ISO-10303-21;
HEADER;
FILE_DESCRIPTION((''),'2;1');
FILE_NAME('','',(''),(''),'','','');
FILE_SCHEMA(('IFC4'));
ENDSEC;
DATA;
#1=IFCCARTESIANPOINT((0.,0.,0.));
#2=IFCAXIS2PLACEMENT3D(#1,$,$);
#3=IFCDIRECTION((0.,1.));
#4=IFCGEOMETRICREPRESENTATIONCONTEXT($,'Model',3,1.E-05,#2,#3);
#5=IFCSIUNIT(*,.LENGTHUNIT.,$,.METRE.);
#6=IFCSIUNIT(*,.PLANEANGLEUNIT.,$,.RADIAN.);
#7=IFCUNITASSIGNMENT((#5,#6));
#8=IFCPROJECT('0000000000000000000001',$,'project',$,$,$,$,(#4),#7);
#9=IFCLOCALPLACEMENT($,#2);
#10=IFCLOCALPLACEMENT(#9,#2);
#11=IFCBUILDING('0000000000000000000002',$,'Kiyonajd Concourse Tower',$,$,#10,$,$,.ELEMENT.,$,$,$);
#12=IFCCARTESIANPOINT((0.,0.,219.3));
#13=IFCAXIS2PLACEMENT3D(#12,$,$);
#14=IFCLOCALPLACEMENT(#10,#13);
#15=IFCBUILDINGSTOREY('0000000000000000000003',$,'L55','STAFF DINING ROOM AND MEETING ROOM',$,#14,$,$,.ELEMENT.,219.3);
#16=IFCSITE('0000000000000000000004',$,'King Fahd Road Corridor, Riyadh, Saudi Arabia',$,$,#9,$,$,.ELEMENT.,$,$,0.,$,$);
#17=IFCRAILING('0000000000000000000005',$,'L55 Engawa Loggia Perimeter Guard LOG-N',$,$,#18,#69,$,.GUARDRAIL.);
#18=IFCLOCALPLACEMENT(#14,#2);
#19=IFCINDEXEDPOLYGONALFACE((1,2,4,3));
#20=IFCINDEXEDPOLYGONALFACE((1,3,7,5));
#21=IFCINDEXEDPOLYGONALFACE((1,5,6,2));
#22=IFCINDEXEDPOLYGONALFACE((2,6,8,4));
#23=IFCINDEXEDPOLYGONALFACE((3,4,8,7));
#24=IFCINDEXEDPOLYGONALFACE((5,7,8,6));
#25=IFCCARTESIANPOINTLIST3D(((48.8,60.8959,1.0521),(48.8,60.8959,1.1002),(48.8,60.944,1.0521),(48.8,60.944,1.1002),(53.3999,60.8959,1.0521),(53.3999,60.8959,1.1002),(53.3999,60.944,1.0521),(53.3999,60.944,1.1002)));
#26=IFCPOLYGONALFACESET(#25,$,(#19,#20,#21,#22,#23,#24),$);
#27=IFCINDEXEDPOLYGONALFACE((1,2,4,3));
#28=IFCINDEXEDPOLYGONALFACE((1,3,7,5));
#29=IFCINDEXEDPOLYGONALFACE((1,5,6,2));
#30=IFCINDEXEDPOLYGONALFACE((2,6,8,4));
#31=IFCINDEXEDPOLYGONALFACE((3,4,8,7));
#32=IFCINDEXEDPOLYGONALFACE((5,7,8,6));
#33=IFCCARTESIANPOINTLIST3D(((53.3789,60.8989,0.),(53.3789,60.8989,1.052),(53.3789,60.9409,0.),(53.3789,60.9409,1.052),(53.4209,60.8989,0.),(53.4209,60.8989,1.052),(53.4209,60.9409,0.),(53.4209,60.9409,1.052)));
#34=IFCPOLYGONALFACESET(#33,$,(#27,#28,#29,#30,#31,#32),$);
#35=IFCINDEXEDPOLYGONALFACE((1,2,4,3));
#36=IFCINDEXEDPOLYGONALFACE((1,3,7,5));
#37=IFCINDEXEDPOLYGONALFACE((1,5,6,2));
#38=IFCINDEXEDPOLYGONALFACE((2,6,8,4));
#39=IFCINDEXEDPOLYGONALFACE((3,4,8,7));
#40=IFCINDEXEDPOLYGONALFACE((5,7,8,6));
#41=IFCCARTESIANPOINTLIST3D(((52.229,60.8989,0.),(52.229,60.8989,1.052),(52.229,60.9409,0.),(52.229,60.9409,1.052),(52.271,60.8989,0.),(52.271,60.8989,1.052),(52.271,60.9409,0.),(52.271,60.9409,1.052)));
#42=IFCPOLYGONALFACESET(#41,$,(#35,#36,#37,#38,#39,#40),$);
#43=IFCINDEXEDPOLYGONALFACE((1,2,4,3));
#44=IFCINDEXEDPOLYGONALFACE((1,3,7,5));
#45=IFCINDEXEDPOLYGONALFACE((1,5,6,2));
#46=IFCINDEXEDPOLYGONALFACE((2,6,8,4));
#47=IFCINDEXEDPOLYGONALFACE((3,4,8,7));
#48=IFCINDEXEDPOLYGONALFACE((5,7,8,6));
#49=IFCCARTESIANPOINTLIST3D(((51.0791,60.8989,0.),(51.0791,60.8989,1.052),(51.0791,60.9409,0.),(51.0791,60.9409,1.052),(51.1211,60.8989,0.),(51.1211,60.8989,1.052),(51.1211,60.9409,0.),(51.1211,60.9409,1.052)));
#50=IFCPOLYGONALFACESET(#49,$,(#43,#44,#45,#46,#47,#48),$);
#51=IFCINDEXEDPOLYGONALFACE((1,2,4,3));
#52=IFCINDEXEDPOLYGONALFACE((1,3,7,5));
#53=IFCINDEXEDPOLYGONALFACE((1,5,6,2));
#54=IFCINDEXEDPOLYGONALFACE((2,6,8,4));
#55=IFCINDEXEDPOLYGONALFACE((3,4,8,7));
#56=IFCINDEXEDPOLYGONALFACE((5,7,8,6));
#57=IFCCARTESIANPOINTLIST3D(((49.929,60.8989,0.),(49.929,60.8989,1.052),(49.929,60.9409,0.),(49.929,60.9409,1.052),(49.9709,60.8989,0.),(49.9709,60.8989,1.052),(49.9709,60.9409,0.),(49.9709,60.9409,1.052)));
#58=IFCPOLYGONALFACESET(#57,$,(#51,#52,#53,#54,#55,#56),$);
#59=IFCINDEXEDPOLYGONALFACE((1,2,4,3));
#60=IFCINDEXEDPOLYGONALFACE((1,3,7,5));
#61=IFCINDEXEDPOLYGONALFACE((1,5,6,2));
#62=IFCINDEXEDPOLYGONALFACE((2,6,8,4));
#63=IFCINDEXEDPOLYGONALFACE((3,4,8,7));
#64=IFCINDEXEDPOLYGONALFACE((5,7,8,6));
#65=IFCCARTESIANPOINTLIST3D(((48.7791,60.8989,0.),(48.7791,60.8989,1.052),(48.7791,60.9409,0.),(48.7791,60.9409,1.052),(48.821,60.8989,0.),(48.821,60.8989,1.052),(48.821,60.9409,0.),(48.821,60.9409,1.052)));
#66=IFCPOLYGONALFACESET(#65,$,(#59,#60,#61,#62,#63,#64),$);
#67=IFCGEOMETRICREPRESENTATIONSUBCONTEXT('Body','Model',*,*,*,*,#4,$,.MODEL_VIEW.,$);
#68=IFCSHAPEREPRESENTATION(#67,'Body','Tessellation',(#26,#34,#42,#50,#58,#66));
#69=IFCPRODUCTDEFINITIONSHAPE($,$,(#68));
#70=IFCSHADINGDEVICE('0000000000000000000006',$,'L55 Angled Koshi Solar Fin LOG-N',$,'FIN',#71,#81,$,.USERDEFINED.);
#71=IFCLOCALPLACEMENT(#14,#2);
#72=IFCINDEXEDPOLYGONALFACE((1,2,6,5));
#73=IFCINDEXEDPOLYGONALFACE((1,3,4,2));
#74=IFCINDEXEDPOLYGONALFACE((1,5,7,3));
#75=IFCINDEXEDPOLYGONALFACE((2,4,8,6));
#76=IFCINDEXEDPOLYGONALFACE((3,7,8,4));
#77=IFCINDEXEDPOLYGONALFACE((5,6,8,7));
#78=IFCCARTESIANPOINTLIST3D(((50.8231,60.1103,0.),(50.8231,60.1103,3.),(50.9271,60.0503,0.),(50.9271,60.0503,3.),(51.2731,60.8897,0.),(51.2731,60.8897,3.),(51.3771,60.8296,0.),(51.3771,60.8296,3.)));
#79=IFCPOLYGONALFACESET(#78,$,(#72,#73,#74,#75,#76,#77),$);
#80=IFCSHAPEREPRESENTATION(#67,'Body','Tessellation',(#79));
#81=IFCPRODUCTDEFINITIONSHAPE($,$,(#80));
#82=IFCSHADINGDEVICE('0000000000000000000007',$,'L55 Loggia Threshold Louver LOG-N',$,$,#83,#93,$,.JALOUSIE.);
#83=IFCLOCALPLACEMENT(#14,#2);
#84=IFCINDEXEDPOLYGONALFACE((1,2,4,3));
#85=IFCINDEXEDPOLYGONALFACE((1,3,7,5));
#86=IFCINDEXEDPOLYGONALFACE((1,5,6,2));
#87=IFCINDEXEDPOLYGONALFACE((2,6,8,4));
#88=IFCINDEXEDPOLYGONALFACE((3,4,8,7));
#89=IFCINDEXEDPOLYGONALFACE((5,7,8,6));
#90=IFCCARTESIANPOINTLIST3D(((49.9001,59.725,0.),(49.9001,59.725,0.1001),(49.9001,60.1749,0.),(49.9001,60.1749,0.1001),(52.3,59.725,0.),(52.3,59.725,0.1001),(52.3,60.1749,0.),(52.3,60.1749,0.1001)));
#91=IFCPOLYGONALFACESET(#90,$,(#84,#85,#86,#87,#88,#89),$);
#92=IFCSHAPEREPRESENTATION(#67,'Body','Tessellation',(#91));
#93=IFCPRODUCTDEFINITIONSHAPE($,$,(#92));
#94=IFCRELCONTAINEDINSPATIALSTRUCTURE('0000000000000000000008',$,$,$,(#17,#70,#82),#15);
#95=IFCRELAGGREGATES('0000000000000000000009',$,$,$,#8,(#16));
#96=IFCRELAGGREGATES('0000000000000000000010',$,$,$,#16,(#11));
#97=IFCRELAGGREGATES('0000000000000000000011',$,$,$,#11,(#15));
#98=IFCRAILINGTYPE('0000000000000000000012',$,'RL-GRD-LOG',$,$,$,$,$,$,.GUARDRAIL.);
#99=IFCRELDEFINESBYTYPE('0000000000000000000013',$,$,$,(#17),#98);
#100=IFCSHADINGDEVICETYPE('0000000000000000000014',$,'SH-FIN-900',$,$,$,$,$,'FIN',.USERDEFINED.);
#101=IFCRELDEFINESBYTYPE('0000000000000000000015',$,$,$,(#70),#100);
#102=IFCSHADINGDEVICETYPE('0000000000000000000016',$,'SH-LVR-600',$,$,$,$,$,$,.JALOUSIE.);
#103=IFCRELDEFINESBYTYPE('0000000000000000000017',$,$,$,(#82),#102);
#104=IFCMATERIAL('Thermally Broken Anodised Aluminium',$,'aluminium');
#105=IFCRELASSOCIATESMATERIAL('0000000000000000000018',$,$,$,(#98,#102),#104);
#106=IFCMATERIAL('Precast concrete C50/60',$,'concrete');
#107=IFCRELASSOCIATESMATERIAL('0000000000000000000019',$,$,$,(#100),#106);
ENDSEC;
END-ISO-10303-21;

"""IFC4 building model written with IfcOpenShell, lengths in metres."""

from ifc_helpers import new_model, si_unit, direction, frame, origin, origin_2d, place, context, subcontext, project, spatial, rectangle, extrude, material, type_object, element, save


model = new_model("IFC4")

# Units and contexts
model_context = context("Model", 3, precision=1e-05, world=origin(), true_north=direction((0.0, 1.0)))
body_context = subcontext(model_context, "Body", "Model", "MODEL_VIEW")
ifc_project = project(units=[si_unit("LENGTHUNIT", "METRE"), si_unit("PLANEANGLEUNIT", "RADIAN")], contexts=[model_context])

# Site, building, storey
site_placement = place(None, origin())
site = spatial("IfcSite", under=ifc_project, at=site_placement, Name="King Fahd Road Corridor, Riyadh, Saudi Arabia", CompositionType="ELEMENT", RefElevation=0.0)
building_placement = place(site_placement, origin())
building = spatial("IfcBuilding", under=site, at=building_placement, Name="Kiyonajd Concourse Tower", CompositionType="ELEMENT")
storey_placement = place(building_placement, frame((0.0, 0.0, 219.3)))
storey = spatial("IfcBuildingStorey", under=building, at=storey_placement, Name="L55", Description="STAFF DINING ROOM AND MEETING ROOM", CompositionType="ELEMENT", Elevation=219.3)

# Shared definitions
ifc_material_1 = material(Name="Thermally Broken Anodised Aluminium", Category="aluminium")

# Shared definitions
ifc_material_2 = material(Name="Precast concrete C50/60", Category="concrete")

# Railing
railing_type = type_object("IfcRailingType", Name="RL-GRD-LOG", PredefinedType="GUARDRAIL", material=ifc_material_1)
railing_placement = place(storey_placement, frame((53.3999, 60.9199, 0.0)))
element("IfcRailing", 1, at=railing_placement, inside=storey, type_object=railing_type, Name="L55 Engawa Loggia Perimeter Guard LOG-N", PredefinedType="GUARDRAIL", context=body_context, shape_type="SweptSolid", body=[
    extrude(rectangle(XDim=0.0481, YDim=0.0481, at=origin_2d()), frame((0.0, 0.0, 1.0762), z_axis=(-1.0, 0.0, 0.0), x_axis=(0.0, -1.0, 0.0)), (0.0, 0.0, 1.0), 4.5999),
    extrude(rectangle(XDim=0.042, YDim=0.042, at=origin_2d()), origin(), (0.0, 0.0, 1.0), 1.052),
    extrude(rectangle(XDim=0.042, YDim=0.042, at=origin_2d()), frame((-1.1499, 0.0, 0.0)), (0.0, 0.0, 1.0), 1.052),
    extrude(rectangle(XDim=0.042, YDim=0.042, at=origin_2d()), frame((-2.2998, 0.0, 0.0)), (0.0, 0.0, 1.0), 1.052),
    extrude(rectangle(XDim=0.042, YDim=0.042, at=origin_2d()), frame((-3.45, 0.0, 0.0)), (0.0, 0.0, 1.0), 1.052),
    extrude(rectangle(XDim=0.042, YDim=0.042, at=origin_2d()), frame((-4.5999, 0.0, 0.0)), (0.0, 0.0, 1.0), 1.052),
])

# Shading devices
shading_device_type_1 = type_object("IfcShadingDeviceType", Name="SH-FIN-900", ElementType="FIN", PredefinedType="USERDEFINED", material=ifc_material_2)
shading_device_1_placement = place(storey_placement, frame((51.1001, 60.47, 0.0), z_axis=(0.0, 0.0, 1.0), x_axis=(0.5, 0.866025, 0.0)))
element("IfcShadingDevice", 2, at=shading_device_1_placement, inside=storey, type_object=shading_device_type_1, Name="L55 Angled Koshi Solar Fin LOG-N", ObjectType="FIN", PredefinedType="USERDEFINED", context=body_context, shape_type="SweptSolid", body=[
    extrude(rectangle(XDim=0.8999, YDim=0.1201, at=origin_2d()), origin(), (0.0, 0.0, 1.0), 3.0),
])
shading_device_type_2 = type_object("IfcShadingDeviceType", Name="SH-LVR-600", PredefinedType="JALOUSIE", material=ifc_material_1)
shading_device_2_placement = place(storey_placement, frame((51.1001, 59.95, 0.0), z_axis=(0.0, 0.0, 1.0), x_axis=(1.0, 0.0, 0.0)))
element("IfcShadingDevice", 3, at=shading_device_2_placement, inside=storey, type_object=shading_device_type_2, Name="L55 Loggia Threshold Louver LOG-N", PredefinedType="JALOUSIE", context=body_context, shape_type="SweptSolid", body=[
    extrude(rectangle(XDim=2.3999, YDim=0.45, at=origin_2d()), origin(), (0.0, 0.0, 1.0), 0.1001),
])

save(model, "model.ifc")
